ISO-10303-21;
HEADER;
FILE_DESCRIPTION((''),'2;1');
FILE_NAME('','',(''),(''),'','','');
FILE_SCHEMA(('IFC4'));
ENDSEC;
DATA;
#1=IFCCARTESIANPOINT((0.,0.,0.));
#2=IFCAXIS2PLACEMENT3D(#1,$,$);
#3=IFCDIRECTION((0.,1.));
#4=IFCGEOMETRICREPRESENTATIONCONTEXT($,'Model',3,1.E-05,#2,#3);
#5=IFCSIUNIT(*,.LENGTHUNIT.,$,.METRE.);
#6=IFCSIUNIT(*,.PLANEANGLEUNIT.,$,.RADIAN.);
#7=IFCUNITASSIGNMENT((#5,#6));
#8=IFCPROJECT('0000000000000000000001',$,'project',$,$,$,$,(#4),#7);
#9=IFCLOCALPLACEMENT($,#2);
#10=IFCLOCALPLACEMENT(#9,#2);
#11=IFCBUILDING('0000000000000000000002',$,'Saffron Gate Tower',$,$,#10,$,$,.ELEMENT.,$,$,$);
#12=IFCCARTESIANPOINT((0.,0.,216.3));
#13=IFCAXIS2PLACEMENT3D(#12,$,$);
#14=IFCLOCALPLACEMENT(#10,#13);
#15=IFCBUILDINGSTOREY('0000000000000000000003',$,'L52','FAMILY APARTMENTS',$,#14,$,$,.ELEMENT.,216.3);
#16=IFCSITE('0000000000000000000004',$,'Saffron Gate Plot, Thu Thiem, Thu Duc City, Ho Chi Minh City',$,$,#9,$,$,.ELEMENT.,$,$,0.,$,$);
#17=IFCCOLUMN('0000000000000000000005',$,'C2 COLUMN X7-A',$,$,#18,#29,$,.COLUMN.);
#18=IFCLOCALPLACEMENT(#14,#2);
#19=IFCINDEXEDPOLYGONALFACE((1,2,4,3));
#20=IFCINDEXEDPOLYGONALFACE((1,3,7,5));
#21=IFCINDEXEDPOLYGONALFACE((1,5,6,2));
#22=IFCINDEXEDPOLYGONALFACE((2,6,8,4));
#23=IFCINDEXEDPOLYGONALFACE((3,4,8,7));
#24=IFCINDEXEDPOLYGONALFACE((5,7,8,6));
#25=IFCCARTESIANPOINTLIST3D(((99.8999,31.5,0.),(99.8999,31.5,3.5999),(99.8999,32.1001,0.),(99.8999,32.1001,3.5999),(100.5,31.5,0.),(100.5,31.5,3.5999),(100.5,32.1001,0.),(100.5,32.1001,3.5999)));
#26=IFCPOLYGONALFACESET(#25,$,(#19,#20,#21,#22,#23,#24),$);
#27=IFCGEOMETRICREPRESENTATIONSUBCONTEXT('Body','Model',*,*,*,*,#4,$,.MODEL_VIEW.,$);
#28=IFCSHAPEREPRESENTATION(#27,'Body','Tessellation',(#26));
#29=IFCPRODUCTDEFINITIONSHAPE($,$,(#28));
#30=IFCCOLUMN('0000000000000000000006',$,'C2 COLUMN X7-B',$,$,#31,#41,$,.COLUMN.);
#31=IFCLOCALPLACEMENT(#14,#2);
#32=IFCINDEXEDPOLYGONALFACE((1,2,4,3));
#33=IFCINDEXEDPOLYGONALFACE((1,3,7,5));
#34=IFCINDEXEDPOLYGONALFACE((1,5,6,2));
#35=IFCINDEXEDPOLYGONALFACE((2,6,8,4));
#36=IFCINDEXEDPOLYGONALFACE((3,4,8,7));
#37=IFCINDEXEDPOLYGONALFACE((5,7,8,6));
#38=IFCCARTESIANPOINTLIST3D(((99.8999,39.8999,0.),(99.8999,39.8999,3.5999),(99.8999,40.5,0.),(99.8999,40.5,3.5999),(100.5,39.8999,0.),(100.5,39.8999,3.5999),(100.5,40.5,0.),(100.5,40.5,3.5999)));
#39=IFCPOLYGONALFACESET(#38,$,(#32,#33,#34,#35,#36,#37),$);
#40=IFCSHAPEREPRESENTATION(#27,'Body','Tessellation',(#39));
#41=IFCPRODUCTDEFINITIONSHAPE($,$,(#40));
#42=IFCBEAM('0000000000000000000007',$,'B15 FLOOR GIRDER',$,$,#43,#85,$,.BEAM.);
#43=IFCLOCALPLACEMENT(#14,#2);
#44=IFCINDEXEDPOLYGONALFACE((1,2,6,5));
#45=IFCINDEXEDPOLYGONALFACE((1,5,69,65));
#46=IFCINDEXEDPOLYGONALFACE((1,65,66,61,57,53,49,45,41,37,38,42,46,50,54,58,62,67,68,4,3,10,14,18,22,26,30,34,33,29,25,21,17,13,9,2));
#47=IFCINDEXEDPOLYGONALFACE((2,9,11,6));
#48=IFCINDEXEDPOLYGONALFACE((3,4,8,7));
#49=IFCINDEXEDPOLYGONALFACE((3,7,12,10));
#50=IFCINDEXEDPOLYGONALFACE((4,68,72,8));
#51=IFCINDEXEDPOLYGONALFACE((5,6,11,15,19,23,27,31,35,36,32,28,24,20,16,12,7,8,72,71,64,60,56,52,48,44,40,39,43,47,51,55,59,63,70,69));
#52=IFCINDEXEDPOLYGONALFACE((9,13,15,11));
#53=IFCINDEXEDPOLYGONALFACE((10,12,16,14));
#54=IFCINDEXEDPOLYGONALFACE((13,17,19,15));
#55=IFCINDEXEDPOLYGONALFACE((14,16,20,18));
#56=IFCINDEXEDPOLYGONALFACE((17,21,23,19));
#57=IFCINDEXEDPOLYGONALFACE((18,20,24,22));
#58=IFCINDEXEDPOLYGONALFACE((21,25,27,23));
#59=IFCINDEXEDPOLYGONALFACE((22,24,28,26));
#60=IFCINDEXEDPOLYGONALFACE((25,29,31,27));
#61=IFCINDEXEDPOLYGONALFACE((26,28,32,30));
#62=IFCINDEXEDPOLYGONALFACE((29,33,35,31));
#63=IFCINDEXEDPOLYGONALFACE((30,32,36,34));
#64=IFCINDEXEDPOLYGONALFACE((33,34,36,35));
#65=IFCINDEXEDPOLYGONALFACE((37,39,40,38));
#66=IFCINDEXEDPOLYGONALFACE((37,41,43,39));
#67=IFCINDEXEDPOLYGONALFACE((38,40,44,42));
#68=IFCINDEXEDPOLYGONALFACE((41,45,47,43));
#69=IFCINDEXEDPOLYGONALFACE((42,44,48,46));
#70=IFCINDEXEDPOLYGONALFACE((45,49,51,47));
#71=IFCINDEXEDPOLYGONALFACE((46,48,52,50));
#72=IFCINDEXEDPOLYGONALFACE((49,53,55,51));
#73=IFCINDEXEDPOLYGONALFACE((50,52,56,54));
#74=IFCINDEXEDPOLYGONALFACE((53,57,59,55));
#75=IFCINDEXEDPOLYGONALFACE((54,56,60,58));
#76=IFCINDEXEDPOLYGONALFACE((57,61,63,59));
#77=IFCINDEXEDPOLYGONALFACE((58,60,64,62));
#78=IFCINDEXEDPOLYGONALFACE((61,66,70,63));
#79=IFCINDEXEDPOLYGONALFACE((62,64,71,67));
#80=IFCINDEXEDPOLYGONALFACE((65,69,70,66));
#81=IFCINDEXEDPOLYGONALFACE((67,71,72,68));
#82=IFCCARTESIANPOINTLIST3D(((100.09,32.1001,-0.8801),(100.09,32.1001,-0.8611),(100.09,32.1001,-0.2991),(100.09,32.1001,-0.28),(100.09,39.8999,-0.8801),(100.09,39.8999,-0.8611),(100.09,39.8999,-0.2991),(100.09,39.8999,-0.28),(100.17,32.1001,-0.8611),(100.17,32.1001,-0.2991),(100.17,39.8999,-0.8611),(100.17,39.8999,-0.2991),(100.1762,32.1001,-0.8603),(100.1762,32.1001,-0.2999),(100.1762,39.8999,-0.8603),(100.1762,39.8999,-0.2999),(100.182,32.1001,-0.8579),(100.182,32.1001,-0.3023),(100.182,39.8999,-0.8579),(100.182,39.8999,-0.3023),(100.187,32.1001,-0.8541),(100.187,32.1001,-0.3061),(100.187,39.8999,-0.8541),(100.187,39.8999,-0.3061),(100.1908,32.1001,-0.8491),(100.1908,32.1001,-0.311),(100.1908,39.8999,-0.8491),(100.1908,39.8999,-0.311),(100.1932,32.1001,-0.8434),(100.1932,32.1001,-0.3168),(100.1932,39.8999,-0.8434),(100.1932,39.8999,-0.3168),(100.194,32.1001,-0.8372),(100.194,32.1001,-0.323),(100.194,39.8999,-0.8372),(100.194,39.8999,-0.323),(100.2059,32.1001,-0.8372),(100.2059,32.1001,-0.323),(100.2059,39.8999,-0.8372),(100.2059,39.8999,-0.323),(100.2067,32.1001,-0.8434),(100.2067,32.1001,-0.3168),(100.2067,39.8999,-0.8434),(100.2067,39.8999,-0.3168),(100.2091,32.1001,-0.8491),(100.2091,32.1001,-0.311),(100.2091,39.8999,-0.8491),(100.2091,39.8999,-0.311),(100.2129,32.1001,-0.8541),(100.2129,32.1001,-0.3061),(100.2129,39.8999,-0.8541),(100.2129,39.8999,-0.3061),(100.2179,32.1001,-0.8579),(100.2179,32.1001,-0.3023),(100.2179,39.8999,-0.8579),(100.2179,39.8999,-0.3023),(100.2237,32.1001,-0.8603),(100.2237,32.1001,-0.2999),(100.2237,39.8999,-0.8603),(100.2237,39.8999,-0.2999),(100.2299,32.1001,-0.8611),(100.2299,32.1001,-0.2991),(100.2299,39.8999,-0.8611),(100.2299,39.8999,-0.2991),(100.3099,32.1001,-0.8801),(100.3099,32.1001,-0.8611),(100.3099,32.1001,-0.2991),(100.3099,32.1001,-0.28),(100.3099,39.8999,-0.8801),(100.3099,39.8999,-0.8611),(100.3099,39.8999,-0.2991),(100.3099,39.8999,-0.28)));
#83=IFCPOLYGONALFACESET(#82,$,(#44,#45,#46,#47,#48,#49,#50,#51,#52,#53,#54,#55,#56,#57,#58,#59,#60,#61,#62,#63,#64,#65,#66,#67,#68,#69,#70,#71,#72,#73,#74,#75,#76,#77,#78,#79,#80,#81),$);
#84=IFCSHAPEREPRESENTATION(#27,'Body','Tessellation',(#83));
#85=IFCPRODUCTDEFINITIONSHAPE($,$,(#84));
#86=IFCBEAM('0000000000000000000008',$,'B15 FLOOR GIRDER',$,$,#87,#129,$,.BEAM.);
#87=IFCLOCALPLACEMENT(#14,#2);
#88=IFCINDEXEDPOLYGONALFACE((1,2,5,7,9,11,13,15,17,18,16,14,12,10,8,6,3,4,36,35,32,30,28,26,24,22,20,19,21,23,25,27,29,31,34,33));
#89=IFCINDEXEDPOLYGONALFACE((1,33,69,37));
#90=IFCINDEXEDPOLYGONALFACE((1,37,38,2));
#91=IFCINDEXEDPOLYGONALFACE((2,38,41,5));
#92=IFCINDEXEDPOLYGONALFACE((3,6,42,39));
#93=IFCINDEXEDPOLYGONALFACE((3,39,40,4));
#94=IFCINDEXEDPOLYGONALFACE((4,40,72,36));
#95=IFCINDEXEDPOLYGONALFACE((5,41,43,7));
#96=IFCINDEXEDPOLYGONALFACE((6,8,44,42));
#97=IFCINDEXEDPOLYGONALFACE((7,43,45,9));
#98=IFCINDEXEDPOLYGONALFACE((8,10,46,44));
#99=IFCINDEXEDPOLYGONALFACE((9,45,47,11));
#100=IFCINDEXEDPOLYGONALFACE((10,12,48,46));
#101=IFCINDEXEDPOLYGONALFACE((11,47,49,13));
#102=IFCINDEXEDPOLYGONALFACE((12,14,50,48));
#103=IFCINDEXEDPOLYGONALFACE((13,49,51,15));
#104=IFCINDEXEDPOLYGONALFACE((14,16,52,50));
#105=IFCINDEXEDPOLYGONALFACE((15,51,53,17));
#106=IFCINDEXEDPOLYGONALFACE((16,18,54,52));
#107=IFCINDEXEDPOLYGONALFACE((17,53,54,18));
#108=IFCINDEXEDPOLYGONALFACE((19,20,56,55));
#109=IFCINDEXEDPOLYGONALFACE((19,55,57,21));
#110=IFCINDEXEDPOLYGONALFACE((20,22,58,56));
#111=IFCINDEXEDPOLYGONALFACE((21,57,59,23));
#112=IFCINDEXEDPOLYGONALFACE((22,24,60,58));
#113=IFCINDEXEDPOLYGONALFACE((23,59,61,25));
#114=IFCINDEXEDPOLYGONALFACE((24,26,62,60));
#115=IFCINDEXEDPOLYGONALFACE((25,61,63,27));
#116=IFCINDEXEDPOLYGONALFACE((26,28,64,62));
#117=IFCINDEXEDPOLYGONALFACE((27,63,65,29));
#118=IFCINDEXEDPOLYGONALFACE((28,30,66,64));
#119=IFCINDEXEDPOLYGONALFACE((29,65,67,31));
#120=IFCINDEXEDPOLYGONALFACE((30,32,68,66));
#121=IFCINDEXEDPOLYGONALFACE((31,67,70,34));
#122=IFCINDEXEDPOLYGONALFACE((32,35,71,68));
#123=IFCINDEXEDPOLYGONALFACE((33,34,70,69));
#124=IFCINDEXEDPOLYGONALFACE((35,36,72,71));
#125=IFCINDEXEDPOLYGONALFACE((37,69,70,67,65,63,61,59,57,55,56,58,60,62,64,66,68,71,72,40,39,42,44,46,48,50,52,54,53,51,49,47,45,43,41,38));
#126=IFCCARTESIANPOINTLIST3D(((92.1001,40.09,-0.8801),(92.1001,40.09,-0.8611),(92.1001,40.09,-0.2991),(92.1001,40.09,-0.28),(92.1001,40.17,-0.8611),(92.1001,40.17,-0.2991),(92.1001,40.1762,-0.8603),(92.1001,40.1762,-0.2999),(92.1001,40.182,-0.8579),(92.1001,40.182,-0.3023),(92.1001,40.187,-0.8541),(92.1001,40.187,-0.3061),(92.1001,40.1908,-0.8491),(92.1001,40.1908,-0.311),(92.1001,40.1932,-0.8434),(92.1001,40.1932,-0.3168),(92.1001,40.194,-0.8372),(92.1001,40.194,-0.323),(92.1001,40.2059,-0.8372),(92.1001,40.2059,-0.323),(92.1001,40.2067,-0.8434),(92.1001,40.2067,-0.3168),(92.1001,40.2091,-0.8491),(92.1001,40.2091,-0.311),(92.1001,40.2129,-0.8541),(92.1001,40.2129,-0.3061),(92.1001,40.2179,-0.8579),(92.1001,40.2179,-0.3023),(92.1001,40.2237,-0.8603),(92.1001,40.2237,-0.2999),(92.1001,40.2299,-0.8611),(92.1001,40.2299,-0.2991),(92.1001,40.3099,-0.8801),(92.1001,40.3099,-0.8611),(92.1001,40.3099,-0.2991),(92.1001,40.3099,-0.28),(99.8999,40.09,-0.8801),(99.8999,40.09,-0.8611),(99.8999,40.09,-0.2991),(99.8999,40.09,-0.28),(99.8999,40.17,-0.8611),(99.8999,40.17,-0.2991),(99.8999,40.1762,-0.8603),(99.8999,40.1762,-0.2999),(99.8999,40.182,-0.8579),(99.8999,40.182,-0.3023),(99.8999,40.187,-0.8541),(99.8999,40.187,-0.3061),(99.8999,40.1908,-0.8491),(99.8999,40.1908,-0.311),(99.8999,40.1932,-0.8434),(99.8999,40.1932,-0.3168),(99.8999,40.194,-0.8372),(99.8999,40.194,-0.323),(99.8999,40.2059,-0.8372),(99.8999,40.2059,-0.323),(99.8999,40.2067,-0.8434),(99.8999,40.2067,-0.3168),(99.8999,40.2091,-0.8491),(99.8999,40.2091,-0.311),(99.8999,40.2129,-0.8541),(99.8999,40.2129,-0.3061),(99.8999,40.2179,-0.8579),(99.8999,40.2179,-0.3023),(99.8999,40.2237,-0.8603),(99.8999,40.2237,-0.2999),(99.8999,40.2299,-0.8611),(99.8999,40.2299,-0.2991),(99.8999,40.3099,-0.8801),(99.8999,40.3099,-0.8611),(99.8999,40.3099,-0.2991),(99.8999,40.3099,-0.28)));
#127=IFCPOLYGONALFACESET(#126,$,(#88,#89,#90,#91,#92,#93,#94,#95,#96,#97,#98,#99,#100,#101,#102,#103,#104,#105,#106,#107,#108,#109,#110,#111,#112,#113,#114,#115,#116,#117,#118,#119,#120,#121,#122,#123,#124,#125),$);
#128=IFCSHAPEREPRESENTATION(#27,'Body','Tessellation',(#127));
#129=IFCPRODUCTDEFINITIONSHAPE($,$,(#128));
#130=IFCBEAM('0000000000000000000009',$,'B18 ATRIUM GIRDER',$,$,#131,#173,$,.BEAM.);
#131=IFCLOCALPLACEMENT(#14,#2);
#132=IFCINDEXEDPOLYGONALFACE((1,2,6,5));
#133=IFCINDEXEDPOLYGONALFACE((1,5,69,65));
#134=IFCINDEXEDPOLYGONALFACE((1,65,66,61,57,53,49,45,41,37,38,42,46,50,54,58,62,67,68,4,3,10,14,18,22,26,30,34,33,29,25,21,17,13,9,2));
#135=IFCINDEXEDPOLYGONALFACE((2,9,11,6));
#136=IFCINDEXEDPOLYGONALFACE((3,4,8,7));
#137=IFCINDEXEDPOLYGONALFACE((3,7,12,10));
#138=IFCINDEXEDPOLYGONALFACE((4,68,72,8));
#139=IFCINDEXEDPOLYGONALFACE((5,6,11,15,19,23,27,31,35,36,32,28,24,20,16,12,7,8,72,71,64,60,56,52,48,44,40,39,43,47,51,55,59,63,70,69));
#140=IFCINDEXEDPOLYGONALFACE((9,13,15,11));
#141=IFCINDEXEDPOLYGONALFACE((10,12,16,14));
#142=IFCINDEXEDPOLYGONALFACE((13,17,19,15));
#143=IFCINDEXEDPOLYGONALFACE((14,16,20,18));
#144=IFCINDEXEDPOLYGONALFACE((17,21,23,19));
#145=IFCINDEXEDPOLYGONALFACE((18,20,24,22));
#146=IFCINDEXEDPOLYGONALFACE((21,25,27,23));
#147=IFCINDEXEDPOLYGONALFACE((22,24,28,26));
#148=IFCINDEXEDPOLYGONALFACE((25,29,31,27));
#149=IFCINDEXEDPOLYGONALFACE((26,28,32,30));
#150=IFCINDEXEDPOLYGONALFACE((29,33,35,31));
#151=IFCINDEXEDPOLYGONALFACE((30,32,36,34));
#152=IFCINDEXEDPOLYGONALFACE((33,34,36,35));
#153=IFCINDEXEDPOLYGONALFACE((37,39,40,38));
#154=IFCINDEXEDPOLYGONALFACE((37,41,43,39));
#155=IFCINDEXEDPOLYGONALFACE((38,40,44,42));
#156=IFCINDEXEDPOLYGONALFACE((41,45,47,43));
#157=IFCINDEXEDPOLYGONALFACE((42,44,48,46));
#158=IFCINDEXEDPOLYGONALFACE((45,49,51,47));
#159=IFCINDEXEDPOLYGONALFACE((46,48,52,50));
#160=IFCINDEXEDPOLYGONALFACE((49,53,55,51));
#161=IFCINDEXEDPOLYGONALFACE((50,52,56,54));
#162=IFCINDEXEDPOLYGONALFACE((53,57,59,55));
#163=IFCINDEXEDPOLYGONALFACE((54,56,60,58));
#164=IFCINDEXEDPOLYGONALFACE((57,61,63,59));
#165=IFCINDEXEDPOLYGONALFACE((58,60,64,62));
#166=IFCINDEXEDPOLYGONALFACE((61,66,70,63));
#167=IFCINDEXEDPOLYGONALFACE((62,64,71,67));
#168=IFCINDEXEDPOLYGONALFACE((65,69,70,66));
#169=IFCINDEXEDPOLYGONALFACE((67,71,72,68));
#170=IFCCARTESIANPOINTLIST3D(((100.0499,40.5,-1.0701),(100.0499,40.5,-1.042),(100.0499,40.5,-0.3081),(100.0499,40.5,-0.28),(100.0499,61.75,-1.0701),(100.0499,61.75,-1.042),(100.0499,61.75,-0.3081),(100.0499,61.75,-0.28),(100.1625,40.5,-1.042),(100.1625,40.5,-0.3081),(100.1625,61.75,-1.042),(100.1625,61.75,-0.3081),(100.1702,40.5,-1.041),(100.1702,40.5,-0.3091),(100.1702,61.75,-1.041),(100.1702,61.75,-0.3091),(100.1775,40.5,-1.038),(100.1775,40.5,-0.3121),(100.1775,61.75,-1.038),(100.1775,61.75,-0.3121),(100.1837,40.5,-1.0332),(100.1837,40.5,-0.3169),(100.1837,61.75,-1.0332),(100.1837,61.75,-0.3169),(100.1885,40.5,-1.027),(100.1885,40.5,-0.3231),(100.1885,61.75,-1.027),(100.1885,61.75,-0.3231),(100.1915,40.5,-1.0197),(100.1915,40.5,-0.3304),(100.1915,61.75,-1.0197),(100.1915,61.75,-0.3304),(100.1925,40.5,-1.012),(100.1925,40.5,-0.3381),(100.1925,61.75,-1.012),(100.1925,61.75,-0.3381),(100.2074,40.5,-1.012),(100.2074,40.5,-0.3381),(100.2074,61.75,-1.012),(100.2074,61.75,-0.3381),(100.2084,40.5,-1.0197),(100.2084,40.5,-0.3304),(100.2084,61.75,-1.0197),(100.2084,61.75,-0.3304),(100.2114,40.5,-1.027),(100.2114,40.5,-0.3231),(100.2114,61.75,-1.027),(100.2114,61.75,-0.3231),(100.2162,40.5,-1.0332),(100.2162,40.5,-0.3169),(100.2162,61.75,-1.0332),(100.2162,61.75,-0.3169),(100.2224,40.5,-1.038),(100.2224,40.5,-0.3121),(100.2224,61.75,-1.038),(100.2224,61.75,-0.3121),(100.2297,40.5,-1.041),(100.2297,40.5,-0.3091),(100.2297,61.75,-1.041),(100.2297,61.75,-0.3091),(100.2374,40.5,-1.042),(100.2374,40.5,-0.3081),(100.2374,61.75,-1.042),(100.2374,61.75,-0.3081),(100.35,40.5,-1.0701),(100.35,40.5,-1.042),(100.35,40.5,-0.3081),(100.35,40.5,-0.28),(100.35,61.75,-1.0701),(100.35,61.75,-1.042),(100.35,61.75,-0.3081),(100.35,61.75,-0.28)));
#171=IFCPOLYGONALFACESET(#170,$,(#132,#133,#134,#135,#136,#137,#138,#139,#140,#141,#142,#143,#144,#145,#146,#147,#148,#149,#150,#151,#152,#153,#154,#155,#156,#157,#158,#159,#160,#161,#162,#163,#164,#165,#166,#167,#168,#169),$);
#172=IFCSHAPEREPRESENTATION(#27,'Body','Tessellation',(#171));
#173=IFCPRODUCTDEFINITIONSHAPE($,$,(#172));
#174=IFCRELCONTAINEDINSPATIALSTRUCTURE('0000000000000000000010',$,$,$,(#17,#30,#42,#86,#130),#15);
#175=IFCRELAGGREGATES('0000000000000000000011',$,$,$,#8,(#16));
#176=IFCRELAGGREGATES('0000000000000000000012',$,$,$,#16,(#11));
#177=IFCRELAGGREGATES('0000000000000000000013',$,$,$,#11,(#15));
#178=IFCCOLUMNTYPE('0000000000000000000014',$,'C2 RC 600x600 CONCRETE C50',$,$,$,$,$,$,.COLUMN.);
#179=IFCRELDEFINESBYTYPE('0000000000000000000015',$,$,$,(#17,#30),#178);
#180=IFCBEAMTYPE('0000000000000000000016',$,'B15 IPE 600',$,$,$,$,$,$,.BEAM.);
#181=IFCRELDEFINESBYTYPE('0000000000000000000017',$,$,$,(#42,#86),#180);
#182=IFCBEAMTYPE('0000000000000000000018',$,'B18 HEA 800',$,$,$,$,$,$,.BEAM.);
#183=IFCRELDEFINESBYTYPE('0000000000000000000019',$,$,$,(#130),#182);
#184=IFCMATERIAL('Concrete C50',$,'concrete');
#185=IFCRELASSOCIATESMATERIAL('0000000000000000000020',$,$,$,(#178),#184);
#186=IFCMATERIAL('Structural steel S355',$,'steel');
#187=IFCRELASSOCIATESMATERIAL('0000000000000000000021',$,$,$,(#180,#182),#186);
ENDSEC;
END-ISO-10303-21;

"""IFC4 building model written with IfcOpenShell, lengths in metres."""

from ifc_helpers import new_model, si_unit, direction, frame, origin, origin_2d, place, context, subcontext, project, spatial, rectangle, i_section, extrude, material, material_profile, profile_set, type_object, element, save


model = new_model("IFC4")

# Units and contexts
model_context = context("Model", 3, precision=1e-05, world=origin(), true_north=direction((0.0, 1.0)))
body_context = subcontext(model_context, "Body", "Model", "MODEL_VIEW")
ifc_project = project(units=[si_unit("LENGTHUNIT", "METRE"), si_unit("PLANEANGLEUNIT", "RADIAN")], contexts=[model_context])

# Site, building, storey
site_placement = place(None, origin())
site = spatial("IfcSite", under=ifc_project, at=site_placement, Name="Saffron Gate Plot, Thu Thiem, Thu Duc City, Ho Chi Minh City", CompositionType="ELEMENT", RefElevation=0.0)
building_placement = place(site_placement, origin())
building = spatial("IfcBuilding", under=site, at=building_placement, Name="Saffron Gate Tower", CompositionType="ELEMENT")
storey_placement = place(building_placement, frame((0.0, 0.0, 216.3)))
storey = spatial("IfcBuildingStorey", under=building, at=storey_placement, Name="L52", Description="FAMILY APARTMENTS", CompositionType="ELEMENT", Elevation=216.3)

# Columns
ifc_material_1 = material(Name="Concrete C50", Category="concrete")
ifc_material_profile_1 = material_profile(ifc_material_1, rectangle(XDim=0.6001, YDim=0.6001, at=origin_2d()))
ifc_profile_set_1 = profile_set([ifc_material_profile_1], Name="Concrete C50")
column_type = type_object("IfcColumnType", Name="C2 RC 600x600 CONCRETE C50", PredefinedType="COLUMN", material=ifc_profile_set_1)
for number, where, z_axis, x_axis, name in (
    (1, (100.2, 31.8, 0.0), (0.0, 0.0, 1.0), (1.0, 0.0, 0.0), "C2 COLUMN X7-A"),
    (2, (100.2, 40.2, 0.0), (0.0, 0.0, 1.0), (1.0, 0.0, 0.0), "C2 COLUMN X7-B"),
):
    element("IfcColumn", number, at=place(storey_placement, frame(where, z_axis=z_axis, x_axis=x_axis)), inside=storey, type_object=column_type, Name=name, PredefinedType="COLUMN", context=body_context, shape_type="SweptSolid", body=[
        extrude(rectangle(XDim=0.6001, YDim=0.6001, at=origin_2d()), origin(), (0.0, 0.0, 1.0), 3.5999),
    ])

# Beams
ifc_material_2 = material(Name="Structural steel S355", Category="steel")
ifc_material_profile_2 = material_profile(ifc_material_2, i_section(OverallWidth=0.22, OverallDepth=0.6001, WebThickness=0.012, FlangeThickness=0.019, FilletRadius=0.0239, at=origin_2d()))
ifc_profile_set_2 = profile_set([ifc_material_profile_2], Name="Structural steel S355")
beam_type_1 = type_object("IfcBeamType", Name="B15 IPE 600", PredefinedType="BEAM", material=ifc_profile_set_2)
for number, where, z_axis, x_axis, name in (
    (3, (100.2, 32.1001, -0.5801), (0.0, 1.0, 0.0), (-1.0, 0.0, 0.0), "B15 FLOOR GIRDER"),
    (4, (92.1001, 40.2, -0.5801), (1.0, 0.0, 0.0), (0.0, 1.0, 0.0), "B15 FLOOR GIRDER"),
):
    element("IfcBeam", number, at=place(storey_placement, frame(where, z_axis=z_axis, x_axis=x_axis)), inside=storey, type_object=beam_type_1, Name=name, PredefinedType="BEAM", context=body_context, shape_type="SweptSolid", body=[
        extrude(i_section(OverallWidth=0.22, OverallDepth=0.6001, WebThickness=0.012, FlangeThickness=0.019, FilletRadius=0.0239, at=origin_2d()), origin(), (0.0, 0.0, 1.0), 7.7998),
    ])
ifc_material_profile_3 = material_profile(ifc_material_2, i_section(OverallWidth=0.3, OverallDepth=0.79, WebThickness=0.0149, FlangeThickness=0.0281, FilletRadius=0.03, at=origin_2d()))
ifc_profile_set_3 = profile_set([ifc_material_profile_3], Name="Structural steel S355")
beam_type_2 = type_object("IfcBeamType", Name="B18 HEA 800", PredefinedType="BEAM", material=ifc_profile_set_3)
beam_placement = place(storey_placement, frame((100.2, 40.5, -0.675), z_axis=(0.0, 1.0, 0.0), x_axis=(-1.0, 0.0, 0.0)))
element("IfcBeam", 5, at=beam_placement, inside=storey, type_object=beam_type_2, Name="B18 ATRIUM GIRDER", PredefinedType="BEAM", context=body_context, shape_type="SweptSolid", body=[
    extrude(i_section(OverallWidth=0.3, OverallDepth=0.79, WebThickness=0.0149, FlangeThickness=0.0281, FilletRadius=0.03, at=origin_2d()), origin(), (0.0, 0.0, 1.0), 21.25),
])

save(model, "model.ifc")
